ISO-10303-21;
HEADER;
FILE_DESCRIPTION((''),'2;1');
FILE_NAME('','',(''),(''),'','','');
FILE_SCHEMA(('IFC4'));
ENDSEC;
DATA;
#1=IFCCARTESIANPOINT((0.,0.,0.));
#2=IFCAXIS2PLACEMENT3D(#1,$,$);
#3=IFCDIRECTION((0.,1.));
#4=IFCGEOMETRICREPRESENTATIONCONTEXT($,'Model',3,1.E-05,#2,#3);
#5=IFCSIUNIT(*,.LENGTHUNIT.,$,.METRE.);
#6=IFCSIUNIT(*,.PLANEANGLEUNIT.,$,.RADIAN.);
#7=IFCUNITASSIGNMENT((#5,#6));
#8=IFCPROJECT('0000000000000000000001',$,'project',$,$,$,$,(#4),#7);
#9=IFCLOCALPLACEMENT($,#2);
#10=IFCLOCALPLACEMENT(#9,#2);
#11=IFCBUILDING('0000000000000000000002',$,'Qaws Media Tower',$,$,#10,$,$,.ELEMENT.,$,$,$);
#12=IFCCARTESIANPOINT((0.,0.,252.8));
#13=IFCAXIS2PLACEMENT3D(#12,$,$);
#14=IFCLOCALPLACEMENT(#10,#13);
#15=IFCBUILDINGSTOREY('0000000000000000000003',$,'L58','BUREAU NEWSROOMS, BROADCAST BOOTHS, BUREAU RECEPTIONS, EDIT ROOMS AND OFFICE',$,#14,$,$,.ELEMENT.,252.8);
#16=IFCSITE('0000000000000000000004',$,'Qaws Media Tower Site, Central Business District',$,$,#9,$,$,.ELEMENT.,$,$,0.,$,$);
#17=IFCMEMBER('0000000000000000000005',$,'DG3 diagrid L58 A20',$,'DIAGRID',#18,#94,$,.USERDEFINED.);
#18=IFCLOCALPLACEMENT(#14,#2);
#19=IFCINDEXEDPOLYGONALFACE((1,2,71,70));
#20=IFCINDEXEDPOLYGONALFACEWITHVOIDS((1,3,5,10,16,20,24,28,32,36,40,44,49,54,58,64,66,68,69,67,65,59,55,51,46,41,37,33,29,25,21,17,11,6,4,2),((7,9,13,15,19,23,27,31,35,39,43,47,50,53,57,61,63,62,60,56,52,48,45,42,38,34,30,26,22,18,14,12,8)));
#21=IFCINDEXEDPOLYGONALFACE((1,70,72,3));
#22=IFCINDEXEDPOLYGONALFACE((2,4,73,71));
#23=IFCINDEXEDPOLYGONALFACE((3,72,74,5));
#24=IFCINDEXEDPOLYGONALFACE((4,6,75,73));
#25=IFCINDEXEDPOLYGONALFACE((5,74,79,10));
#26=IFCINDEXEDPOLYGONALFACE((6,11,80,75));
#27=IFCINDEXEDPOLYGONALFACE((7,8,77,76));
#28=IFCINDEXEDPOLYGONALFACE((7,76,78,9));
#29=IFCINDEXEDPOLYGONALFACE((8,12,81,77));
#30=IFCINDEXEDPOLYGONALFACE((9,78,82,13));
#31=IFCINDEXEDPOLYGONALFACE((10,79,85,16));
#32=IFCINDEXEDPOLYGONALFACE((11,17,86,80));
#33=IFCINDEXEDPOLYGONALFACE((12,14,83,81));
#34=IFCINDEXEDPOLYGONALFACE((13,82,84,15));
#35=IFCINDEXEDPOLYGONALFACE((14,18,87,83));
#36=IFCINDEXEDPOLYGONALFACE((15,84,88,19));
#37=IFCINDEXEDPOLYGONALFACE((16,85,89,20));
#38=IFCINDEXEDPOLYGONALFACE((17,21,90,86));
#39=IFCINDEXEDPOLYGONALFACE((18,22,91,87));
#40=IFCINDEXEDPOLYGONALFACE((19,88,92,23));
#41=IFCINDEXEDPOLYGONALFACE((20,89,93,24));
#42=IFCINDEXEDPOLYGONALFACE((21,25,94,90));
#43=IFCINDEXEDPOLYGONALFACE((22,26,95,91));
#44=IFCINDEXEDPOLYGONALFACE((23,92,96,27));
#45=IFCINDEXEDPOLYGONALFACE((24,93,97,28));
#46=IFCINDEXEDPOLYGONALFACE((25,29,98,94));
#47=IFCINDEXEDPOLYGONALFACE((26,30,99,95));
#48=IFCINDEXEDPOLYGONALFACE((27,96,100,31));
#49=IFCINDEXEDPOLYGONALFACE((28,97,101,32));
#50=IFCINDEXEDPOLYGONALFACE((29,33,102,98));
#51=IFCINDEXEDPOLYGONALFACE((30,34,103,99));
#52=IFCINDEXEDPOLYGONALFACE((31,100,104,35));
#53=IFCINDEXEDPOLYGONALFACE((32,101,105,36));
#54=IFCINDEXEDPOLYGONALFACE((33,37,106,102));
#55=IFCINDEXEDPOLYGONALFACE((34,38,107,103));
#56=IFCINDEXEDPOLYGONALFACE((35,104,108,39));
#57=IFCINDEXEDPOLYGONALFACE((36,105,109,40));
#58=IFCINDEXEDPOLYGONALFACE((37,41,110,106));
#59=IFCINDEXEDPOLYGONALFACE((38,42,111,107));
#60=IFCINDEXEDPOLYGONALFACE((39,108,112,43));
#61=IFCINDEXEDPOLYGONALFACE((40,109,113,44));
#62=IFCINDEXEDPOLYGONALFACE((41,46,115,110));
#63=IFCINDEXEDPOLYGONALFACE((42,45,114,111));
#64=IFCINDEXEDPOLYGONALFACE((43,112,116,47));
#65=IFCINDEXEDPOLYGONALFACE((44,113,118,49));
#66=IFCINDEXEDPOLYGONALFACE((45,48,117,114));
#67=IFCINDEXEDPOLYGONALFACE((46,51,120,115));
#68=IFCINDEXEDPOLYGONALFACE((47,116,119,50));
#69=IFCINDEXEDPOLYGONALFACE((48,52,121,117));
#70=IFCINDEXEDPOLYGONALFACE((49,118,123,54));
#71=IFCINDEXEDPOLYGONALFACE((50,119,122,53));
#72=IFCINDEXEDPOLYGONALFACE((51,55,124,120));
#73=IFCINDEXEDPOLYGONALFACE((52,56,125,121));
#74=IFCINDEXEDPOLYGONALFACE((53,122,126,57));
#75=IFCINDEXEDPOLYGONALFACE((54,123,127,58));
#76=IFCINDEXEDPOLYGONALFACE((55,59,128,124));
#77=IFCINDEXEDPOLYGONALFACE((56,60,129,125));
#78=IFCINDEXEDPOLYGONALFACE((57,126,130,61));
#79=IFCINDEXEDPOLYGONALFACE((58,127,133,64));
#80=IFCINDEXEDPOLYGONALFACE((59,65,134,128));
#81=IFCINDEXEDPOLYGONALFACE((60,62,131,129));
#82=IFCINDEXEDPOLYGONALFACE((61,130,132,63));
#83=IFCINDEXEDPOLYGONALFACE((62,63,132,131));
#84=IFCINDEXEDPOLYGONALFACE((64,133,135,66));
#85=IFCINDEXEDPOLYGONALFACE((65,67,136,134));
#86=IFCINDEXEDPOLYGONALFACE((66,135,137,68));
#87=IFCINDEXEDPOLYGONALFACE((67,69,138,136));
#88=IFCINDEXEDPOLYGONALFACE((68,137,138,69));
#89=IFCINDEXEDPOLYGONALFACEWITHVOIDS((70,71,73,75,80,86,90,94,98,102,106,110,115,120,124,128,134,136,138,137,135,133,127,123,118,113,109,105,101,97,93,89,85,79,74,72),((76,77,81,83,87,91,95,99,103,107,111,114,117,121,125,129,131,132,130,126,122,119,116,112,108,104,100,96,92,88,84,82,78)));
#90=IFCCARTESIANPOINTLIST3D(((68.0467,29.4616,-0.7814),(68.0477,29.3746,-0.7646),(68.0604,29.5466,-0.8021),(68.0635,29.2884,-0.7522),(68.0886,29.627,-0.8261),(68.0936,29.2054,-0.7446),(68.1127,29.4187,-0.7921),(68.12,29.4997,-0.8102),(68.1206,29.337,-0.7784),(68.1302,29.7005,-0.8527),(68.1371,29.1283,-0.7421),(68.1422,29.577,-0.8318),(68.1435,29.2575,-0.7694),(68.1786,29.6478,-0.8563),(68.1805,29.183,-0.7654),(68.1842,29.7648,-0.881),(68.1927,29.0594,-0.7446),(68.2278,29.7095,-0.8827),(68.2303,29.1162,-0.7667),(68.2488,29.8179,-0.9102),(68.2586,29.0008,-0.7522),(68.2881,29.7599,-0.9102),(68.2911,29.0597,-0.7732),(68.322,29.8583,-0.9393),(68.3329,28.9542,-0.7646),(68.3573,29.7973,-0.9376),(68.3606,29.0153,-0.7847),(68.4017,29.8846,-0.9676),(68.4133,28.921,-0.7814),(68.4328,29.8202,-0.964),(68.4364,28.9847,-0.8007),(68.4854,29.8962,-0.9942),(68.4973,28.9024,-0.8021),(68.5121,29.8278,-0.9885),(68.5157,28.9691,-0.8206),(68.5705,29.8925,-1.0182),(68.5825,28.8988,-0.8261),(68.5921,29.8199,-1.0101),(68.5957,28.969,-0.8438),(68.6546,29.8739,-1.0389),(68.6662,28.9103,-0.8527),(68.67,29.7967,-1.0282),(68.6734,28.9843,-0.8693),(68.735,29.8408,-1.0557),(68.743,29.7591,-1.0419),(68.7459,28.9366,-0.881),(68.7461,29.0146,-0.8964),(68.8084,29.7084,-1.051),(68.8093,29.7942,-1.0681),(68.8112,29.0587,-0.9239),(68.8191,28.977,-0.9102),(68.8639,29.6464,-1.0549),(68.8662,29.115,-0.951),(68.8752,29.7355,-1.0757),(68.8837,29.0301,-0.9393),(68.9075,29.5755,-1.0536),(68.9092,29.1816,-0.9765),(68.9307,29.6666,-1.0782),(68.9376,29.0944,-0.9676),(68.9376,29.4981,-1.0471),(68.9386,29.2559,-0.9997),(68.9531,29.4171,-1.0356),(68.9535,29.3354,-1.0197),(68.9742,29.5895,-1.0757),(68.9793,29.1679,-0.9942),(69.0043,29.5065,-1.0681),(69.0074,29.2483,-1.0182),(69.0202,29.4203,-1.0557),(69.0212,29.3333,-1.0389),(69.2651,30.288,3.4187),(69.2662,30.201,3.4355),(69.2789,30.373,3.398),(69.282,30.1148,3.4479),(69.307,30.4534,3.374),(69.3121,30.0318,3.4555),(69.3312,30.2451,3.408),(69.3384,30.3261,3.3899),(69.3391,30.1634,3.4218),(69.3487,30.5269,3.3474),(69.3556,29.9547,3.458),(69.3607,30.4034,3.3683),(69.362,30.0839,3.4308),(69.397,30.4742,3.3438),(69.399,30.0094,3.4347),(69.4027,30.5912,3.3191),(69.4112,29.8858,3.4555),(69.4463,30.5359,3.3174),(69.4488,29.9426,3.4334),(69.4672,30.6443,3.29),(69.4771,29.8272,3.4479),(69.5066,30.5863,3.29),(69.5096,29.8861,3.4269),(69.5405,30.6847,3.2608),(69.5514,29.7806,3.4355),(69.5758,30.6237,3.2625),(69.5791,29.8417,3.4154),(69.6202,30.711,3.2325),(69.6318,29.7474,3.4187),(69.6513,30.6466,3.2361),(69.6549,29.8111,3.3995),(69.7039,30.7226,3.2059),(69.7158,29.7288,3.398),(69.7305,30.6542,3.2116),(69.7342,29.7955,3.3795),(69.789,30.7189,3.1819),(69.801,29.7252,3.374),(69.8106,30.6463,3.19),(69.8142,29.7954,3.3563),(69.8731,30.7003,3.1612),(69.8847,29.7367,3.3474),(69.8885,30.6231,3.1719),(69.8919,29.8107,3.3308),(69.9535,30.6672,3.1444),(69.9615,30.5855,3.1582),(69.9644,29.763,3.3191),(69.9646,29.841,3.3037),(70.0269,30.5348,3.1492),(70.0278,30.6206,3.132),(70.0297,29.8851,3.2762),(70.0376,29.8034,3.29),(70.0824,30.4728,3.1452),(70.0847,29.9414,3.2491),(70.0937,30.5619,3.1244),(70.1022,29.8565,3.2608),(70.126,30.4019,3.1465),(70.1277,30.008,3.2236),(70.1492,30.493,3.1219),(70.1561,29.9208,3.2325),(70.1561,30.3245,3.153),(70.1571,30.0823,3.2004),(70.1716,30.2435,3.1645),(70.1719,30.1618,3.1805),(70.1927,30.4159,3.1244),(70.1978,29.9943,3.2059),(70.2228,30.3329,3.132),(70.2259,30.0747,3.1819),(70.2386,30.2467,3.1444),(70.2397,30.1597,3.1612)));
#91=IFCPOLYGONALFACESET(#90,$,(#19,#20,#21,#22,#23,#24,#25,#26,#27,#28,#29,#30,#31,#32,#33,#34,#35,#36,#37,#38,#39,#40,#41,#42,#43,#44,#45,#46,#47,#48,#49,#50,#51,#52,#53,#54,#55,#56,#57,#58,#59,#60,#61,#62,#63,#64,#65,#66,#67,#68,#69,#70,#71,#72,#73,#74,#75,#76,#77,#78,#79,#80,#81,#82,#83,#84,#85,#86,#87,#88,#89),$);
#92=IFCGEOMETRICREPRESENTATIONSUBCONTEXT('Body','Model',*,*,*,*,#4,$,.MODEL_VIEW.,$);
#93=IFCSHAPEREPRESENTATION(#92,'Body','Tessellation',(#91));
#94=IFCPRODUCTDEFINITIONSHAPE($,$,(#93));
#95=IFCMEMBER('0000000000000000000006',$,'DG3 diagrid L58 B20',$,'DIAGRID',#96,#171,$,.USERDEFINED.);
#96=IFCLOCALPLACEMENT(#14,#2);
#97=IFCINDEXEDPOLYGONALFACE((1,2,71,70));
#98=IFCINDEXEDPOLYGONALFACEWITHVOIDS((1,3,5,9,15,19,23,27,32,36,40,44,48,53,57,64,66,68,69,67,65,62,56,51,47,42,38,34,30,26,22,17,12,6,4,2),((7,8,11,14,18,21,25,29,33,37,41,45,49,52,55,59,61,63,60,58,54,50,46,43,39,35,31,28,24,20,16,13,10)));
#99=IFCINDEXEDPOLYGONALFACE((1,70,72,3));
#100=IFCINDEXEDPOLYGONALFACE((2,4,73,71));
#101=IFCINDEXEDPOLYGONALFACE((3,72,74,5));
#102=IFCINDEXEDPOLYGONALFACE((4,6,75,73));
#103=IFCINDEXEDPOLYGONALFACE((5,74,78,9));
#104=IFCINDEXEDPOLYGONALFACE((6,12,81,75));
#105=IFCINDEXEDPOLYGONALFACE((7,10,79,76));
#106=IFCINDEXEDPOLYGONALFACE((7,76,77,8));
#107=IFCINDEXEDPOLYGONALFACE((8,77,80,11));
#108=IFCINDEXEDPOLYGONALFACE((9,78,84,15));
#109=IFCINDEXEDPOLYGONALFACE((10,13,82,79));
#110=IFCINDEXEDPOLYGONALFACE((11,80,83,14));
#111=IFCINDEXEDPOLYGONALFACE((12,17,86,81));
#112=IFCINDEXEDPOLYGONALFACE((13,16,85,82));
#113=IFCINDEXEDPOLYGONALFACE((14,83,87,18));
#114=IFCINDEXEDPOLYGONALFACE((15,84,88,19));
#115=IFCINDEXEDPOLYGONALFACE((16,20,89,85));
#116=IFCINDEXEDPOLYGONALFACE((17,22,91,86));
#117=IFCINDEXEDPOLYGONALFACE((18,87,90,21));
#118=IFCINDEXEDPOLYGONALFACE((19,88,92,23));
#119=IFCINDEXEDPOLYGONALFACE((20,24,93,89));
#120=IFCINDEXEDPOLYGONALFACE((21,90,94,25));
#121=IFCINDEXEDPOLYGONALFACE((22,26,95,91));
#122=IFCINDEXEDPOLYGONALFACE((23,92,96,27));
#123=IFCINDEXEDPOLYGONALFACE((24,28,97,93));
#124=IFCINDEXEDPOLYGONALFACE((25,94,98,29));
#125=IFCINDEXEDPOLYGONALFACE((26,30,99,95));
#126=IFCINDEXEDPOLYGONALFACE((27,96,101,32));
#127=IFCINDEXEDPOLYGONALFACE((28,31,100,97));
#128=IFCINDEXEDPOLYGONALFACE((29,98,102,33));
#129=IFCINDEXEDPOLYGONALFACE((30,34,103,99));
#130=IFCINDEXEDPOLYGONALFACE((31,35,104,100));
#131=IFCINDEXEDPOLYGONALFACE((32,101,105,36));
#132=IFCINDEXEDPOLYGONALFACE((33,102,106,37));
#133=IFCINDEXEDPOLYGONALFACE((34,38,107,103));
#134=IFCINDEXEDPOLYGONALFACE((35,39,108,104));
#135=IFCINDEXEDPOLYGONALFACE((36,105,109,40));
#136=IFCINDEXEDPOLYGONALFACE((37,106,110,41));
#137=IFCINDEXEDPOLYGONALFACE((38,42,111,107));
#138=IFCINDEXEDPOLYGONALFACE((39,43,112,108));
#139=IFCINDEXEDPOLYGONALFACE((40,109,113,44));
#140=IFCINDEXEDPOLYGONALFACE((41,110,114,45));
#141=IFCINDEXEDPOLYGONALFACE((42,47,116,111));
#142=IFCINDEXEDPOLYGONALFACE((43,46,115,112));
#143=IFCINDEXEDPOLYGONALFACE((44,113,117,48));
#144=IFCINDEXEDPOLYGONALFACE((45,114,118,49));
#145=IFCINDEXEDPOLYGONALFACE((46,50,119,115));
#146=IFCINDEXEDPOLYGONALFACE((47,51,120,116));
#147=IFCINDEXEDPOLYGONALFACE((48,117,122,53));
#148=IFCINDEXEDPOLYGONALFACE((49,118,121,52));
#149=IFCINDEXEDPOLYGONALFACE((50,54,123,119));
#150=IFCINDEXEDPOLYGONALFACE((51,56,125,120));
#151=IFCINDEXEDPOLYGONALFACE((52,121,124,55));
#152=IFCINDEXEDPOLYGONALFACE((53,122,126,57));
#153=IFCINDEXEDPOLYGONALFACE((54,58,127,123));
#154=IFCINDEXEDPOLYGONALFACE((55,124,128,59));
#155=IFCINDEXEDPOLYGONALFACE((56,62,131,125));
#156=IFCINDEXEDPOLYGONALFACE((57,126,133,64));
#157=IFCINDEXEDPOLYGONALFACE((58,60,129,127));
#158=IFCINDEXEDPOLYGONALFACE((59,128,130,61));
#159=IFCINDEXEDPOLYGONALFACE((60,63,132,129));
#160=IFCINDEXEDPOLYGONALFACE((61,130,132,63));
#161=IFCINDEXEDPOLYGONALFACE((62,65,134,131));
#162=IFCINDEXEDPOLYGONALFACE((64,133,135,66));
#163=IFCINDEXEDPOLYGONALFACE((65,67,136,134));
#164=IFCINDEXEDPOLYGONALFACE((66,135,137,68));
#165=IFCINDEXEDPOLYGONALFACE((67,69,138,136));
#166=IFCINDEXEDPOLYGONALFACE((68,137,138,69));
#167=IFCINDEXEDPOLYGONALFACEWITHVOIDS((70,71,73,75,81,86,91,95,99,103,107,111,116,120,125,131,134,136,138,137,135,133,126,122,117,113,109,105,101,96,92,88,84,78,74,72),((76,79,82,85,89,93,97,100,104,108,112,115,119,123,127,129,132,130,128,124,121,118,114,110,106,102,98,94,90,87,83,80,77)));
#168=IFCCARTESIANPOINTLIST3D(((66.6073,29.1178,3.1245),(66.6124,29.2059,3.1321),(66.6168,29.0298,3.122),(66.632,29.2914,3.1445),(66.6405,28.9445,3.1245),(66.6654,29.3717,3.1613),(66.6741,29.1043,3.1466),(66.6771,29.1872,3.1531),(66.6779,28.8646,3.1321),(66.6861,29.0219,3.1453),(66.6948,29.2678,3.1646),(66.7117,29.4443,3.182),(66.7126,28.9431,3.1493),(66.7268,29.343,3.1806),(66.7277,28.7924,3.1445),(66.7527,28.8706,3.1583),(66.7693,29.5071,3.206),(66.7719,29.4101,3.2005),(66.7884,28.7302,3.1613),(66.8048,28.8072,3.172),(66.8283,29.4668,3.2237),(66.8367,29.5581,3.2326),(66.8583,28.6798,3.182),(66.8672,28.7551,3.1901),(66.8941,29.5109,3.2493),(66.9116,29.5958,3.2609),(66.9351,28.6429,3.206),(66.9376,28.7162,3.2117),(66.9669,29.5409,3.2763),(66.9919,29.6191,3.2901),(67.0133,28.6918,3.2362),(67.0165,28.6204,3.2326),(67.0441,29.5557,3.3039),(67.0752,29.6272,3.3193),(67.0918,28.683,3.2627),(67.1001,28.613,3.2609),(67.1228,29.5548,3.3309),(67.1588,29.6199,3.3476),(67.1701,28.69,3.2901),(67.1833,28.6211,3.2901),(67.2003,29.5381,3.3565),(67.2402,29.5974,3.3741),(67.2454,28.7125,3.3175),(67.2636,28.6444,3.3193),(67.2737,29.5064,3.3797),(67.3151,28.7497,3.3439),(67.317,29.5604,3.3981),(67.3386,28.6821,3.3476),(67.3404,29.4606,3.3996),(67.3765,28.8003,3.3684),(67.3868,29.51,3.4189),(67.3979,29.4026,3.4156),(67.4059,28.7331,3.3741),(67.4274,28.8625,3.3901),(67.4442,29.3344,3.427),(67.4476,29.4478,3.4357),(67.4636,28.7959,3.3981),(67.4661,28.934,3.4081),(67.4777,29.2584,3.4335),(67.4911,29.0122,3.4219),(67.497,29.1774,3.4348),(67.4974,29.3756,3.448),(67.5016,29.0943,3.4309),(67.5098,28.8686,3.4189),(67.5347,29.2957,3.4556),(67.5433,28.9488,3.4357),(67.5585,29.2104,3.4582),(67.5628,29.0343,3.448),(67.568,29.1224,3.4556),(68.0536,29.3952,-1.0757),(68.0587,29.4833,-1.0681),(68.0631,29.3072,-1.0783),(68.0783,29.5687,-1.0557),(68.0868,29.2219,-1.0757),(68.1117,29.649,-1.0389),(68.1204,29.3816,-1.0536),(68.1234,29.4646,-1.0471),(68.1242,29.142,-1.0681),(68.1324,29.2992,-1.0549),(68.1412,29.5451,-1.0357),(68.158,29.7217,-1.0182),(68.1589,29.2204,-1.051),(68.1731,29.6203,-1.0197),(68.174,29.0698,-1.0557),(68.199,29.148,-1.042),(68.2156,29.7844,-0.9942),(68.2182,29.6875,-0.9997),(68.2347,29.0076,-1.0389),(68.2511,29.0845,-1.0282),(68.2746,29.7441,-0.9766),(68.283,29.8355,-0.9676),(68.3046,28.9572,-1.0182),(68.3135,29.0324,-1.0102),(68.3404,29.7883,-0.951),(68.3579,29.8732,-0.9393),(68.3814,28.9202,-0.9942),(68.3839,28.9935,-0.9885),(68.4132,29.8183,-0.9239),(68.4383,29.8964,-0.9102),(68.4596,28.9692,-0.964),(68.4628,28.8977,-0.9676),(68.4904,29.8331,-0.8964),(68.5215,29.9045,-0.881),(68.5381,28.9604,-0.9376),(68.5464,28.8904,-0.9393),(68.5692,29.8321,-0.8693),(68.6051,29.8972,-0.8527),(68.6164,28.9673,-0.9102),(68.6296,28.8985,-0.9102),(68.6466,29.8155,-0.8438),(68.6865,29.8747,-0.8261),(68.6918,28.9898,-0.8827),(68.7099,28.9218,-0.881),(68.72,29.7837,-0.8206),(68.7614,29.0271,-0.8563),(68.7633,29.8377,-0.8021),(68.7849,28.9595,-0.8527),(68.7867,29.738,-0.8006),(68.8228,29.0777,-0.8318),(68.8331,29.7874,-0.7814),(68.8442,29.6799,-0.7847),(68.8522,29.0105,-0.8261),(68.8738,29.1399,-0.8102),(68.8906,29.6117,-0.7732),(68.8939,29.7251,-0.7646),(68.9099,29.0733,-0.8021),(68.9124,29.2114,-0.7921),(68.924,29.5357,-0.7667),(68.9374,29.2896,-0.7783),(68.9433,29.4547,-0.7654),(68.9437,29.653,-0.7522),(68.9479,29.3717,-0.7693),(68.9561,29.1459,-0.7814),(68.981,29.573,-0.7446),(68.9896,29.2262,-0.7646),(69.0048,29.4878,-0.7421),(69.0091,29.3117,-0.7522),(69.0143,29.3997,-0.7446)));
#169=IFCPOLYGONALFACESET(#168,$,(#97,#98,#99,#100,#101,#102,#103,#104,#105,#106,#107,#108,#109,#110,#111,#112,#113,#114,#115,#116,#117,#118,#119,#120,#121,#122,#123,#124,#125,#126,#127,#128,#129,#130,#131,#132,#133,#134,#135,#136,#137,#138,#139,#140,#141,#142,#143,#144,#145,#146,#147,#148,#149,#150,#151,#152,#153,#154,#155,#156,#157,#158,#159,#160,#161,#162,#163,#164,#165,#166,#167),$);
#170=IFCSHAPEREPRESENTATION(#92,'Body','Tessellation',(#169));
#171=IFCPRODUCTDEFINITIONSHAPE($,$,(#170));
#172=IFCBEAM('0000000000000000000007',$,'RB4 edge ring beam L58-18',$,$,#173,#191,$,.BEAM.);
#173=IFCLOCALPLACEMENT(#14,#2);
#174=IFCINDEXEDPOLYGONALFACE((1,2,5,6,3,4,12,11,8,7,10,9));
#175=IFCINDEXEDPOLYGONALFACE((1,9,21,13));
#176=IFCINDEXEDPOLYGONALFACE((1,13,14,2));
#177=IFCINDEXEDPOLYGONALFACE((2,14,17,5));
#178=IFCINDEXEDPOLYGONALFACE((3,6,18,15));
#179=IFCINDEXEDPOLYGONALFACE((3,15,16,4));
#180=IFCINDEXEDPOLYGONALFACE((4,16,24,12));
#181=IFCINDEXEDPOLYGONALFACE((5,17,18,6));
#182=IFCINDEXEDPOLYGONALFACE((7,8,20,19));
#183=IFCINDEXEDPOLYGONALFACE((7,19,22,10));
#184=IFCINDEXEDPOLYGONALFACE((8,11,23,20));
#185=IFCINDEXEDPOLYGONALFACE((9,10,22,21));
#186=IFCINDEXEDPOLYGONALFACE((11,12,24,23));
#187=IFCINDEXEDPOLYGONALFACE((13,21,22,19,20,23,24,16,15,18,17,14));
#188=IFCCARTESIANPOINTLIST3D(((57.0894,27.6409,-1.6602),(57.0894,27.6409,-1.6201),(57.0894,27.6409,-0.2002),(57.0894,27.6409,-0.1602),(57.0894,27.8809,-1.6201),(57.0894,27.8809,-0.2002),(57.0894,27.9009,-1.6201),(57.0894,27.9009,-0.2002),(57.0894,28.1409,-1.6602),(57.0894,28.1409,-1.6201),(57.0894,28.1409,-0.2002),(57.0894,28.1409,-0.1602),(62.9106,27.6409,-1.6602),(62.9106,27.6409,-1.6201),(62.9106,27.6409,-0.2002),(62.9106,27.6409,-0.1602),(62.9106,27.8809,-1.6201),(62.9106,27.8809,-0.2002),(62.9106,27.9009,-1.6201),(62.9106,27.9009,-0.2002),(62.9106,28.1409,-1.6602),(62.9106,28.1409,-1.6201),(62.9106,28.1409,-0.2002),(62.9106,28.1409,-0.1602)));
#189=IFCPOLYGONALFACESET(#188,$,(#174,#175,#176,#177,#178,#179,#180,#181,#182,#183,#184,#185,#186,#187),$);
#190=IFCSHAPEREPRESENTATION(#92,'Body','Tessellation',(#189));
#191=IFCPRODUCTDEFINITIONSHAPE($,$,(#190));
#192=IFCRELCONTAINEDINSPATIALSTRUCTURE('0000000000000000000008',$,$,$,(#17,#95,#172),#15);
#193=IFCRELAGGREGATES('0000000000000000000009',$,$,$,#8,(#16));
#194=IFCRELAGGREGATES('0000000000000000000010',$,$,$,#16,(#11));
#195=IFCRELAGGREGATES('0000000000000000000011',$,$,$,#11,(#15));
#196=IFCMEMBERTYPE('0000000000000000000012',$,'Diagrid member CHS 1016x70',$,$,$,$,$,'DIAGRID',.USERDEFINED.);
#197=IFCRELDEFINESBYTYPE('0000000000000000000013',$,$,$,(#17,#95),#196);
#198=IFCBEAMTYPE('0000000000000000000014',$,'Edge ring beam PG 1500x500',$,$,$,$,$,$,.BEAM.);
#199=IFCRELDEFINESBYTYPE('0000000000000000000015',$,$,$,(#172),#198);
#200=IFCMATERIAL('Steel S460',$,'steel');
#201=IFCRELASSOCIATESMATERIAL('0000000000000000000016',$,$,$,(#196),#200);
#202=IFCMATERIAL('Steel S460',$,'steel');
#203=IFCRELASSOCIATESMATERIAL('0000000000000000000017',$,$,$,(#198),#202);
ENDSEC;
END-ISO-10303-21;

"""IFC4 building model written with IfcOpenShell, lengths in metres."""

from ifc_helpers import new_model, si_unit, direction, frame, origin, origin_2d, place, context, subcontext, project, spatial, hollow_circle, i_section, extrude, material, material_profile, profile_set, type_object, element, save


model = new_model("IFC4")

# Units and contexts
model_context = context("Model", 3, precision=1e-05, world=origin(), true_north=direction((0.0, 1.0)))
body_context = subcontext(model_context, "Body", "Model", "MODEL_VIEW")
ifc_project = project(units=[si_unit("LENGTHUNIT", "METRE"), si_unit("PLANEANGLEUNIT", "RADIAN")], contexts=[model_context])

# Site, building, storey
site_placement = place(None, origin())
site = spatial("IfcSite", under=ifc_project, at=site_placement, Name="Qaws Media Tower Site, Central Business District", CompositionType="ELEMENT", RefElevation=0.0)
building_placement = place(site_placement, origin())
building = spatial("IfcBuilding", under=site, at=building_placement, Name="Qaws Media Tower", CompositionType="ELEMENT")
storey_placement = place(building_placement, frame((0.0, 0.0, 252.8)))
storey = spatial("IfcBuildingStorey", under=building, at=storey_placement, Name="L58", Description="BUREAU NEWSROOMS, BROADCAST BOOTHS, BUREAU RECEPTIONS, EDIT ROOMS AND OFFICE", CompositionType="ELEMENT", Elevation=252.8)

# Members
ifc_material_1 = material(Name="Steel S460", Category="steel")
ifc_material_profile_1 = material_profile(ifc_material_1, hollow_circle(Radius=0.5081, WallThickness=0.0701, at=origin_2d()), Name="CHS 1016x70")
ifc_profile_set_1 = profile_set([ifc_material_profile_1], Name="Steel S460")
member_type_1 = type_object("IfcMemberType", Name="Diagrid member CHS 1016x70", ElementType="DIAGRID", PredefinedType="USERDEFINED", material=ifc_profile_set_1)
for number, where, z_axis, x_axis, name in (
    (1, (68.5339, 29.3975, -0.9102), (0.273774, 0.185679, 0.943701), (-0.561303, 0.827611, 0.0), "DG3 diagrid L58 A20"),
):
    element("IfcMember", number, at=place(storey_placement, frame(where, z_axis=z_axis, x_axis=x_axis)), inside=storey, type_object=member_type_1, Name=name, ObjectType="DIAGRID", PredefinedType="USERDEFINED", context=body_context, shape_type="SweptSolid", body=[
        extrude(hollow_circle(Radius=0.5081, WallThickness=0.0701, at=origin_2d()), origin(), (0.0, 0.0, 1.0), 4.4507),
    ])
member_1_placement = place(storey_placement, frame((68.5339, 29.3975, -0.9102), z_axis=(-0.324945, -0.062312, 0.943678), x_axis=(0.188331, -0.982106, 0.0)))
element("IfcMember", 2, at=member_1_placement, inside=storey, type_object=member_type_1, Name="DG3 diagrid L58 B20", ObjectType="DIAGRID", PredefinedType="USERDEFINED", context=body_context, shape_type="SweptSolid", body=[
    extrude(hollow_circle(Radius=0.5081, WallThickness=0.0701, at=origin_2d()), origin(), (0.0, 0.0, 1.0), 4.4509),
])

# Beam
ifc_material_2 = material(Name="Steel S460", Category="steel")
ifc_material_profile_2 = material_profile(ifc_material_2, i_section(OverallWidth=0.5, OverallDepth=1.5, WebThickness=0.02, FlangeThickness=0.04, at=origin_2d()), Name="PG 1500x500")
ifc_profile_set_2 = profile_set([ifc_material_profile_2], Name="Steel S460")
beam_type = type_object("IfcBeamType", Name="Edge ring beam PG 1500x500", PredefinedType="BEAM", material=ifc_profile_set_2)
beam_1_placement = place(storey_placement, frame((57.0894, 27.8909, -0.9102), z_axis=(1.0, 0.0, 0.0), x_axis=(0.0, 1.0, 0.0)))
element("IfcBeam", 3, at=beam_1_placement, inside=storey, type_object=beam_type, Name="RB4 edge ring beam L58-18", PredefinedType="BEAM", context=body_context, shape_type="SweptSolid", body=[
    extrude(i_section(OverallWidth=0.5, OverallDepth=1.5, WebThickness=0.02, FlangeThickness=0.04, at=origin_2d()), origin(), (0.0, 0.0, 1.0), 5.8213),
])

save(model, "model.ifc")
